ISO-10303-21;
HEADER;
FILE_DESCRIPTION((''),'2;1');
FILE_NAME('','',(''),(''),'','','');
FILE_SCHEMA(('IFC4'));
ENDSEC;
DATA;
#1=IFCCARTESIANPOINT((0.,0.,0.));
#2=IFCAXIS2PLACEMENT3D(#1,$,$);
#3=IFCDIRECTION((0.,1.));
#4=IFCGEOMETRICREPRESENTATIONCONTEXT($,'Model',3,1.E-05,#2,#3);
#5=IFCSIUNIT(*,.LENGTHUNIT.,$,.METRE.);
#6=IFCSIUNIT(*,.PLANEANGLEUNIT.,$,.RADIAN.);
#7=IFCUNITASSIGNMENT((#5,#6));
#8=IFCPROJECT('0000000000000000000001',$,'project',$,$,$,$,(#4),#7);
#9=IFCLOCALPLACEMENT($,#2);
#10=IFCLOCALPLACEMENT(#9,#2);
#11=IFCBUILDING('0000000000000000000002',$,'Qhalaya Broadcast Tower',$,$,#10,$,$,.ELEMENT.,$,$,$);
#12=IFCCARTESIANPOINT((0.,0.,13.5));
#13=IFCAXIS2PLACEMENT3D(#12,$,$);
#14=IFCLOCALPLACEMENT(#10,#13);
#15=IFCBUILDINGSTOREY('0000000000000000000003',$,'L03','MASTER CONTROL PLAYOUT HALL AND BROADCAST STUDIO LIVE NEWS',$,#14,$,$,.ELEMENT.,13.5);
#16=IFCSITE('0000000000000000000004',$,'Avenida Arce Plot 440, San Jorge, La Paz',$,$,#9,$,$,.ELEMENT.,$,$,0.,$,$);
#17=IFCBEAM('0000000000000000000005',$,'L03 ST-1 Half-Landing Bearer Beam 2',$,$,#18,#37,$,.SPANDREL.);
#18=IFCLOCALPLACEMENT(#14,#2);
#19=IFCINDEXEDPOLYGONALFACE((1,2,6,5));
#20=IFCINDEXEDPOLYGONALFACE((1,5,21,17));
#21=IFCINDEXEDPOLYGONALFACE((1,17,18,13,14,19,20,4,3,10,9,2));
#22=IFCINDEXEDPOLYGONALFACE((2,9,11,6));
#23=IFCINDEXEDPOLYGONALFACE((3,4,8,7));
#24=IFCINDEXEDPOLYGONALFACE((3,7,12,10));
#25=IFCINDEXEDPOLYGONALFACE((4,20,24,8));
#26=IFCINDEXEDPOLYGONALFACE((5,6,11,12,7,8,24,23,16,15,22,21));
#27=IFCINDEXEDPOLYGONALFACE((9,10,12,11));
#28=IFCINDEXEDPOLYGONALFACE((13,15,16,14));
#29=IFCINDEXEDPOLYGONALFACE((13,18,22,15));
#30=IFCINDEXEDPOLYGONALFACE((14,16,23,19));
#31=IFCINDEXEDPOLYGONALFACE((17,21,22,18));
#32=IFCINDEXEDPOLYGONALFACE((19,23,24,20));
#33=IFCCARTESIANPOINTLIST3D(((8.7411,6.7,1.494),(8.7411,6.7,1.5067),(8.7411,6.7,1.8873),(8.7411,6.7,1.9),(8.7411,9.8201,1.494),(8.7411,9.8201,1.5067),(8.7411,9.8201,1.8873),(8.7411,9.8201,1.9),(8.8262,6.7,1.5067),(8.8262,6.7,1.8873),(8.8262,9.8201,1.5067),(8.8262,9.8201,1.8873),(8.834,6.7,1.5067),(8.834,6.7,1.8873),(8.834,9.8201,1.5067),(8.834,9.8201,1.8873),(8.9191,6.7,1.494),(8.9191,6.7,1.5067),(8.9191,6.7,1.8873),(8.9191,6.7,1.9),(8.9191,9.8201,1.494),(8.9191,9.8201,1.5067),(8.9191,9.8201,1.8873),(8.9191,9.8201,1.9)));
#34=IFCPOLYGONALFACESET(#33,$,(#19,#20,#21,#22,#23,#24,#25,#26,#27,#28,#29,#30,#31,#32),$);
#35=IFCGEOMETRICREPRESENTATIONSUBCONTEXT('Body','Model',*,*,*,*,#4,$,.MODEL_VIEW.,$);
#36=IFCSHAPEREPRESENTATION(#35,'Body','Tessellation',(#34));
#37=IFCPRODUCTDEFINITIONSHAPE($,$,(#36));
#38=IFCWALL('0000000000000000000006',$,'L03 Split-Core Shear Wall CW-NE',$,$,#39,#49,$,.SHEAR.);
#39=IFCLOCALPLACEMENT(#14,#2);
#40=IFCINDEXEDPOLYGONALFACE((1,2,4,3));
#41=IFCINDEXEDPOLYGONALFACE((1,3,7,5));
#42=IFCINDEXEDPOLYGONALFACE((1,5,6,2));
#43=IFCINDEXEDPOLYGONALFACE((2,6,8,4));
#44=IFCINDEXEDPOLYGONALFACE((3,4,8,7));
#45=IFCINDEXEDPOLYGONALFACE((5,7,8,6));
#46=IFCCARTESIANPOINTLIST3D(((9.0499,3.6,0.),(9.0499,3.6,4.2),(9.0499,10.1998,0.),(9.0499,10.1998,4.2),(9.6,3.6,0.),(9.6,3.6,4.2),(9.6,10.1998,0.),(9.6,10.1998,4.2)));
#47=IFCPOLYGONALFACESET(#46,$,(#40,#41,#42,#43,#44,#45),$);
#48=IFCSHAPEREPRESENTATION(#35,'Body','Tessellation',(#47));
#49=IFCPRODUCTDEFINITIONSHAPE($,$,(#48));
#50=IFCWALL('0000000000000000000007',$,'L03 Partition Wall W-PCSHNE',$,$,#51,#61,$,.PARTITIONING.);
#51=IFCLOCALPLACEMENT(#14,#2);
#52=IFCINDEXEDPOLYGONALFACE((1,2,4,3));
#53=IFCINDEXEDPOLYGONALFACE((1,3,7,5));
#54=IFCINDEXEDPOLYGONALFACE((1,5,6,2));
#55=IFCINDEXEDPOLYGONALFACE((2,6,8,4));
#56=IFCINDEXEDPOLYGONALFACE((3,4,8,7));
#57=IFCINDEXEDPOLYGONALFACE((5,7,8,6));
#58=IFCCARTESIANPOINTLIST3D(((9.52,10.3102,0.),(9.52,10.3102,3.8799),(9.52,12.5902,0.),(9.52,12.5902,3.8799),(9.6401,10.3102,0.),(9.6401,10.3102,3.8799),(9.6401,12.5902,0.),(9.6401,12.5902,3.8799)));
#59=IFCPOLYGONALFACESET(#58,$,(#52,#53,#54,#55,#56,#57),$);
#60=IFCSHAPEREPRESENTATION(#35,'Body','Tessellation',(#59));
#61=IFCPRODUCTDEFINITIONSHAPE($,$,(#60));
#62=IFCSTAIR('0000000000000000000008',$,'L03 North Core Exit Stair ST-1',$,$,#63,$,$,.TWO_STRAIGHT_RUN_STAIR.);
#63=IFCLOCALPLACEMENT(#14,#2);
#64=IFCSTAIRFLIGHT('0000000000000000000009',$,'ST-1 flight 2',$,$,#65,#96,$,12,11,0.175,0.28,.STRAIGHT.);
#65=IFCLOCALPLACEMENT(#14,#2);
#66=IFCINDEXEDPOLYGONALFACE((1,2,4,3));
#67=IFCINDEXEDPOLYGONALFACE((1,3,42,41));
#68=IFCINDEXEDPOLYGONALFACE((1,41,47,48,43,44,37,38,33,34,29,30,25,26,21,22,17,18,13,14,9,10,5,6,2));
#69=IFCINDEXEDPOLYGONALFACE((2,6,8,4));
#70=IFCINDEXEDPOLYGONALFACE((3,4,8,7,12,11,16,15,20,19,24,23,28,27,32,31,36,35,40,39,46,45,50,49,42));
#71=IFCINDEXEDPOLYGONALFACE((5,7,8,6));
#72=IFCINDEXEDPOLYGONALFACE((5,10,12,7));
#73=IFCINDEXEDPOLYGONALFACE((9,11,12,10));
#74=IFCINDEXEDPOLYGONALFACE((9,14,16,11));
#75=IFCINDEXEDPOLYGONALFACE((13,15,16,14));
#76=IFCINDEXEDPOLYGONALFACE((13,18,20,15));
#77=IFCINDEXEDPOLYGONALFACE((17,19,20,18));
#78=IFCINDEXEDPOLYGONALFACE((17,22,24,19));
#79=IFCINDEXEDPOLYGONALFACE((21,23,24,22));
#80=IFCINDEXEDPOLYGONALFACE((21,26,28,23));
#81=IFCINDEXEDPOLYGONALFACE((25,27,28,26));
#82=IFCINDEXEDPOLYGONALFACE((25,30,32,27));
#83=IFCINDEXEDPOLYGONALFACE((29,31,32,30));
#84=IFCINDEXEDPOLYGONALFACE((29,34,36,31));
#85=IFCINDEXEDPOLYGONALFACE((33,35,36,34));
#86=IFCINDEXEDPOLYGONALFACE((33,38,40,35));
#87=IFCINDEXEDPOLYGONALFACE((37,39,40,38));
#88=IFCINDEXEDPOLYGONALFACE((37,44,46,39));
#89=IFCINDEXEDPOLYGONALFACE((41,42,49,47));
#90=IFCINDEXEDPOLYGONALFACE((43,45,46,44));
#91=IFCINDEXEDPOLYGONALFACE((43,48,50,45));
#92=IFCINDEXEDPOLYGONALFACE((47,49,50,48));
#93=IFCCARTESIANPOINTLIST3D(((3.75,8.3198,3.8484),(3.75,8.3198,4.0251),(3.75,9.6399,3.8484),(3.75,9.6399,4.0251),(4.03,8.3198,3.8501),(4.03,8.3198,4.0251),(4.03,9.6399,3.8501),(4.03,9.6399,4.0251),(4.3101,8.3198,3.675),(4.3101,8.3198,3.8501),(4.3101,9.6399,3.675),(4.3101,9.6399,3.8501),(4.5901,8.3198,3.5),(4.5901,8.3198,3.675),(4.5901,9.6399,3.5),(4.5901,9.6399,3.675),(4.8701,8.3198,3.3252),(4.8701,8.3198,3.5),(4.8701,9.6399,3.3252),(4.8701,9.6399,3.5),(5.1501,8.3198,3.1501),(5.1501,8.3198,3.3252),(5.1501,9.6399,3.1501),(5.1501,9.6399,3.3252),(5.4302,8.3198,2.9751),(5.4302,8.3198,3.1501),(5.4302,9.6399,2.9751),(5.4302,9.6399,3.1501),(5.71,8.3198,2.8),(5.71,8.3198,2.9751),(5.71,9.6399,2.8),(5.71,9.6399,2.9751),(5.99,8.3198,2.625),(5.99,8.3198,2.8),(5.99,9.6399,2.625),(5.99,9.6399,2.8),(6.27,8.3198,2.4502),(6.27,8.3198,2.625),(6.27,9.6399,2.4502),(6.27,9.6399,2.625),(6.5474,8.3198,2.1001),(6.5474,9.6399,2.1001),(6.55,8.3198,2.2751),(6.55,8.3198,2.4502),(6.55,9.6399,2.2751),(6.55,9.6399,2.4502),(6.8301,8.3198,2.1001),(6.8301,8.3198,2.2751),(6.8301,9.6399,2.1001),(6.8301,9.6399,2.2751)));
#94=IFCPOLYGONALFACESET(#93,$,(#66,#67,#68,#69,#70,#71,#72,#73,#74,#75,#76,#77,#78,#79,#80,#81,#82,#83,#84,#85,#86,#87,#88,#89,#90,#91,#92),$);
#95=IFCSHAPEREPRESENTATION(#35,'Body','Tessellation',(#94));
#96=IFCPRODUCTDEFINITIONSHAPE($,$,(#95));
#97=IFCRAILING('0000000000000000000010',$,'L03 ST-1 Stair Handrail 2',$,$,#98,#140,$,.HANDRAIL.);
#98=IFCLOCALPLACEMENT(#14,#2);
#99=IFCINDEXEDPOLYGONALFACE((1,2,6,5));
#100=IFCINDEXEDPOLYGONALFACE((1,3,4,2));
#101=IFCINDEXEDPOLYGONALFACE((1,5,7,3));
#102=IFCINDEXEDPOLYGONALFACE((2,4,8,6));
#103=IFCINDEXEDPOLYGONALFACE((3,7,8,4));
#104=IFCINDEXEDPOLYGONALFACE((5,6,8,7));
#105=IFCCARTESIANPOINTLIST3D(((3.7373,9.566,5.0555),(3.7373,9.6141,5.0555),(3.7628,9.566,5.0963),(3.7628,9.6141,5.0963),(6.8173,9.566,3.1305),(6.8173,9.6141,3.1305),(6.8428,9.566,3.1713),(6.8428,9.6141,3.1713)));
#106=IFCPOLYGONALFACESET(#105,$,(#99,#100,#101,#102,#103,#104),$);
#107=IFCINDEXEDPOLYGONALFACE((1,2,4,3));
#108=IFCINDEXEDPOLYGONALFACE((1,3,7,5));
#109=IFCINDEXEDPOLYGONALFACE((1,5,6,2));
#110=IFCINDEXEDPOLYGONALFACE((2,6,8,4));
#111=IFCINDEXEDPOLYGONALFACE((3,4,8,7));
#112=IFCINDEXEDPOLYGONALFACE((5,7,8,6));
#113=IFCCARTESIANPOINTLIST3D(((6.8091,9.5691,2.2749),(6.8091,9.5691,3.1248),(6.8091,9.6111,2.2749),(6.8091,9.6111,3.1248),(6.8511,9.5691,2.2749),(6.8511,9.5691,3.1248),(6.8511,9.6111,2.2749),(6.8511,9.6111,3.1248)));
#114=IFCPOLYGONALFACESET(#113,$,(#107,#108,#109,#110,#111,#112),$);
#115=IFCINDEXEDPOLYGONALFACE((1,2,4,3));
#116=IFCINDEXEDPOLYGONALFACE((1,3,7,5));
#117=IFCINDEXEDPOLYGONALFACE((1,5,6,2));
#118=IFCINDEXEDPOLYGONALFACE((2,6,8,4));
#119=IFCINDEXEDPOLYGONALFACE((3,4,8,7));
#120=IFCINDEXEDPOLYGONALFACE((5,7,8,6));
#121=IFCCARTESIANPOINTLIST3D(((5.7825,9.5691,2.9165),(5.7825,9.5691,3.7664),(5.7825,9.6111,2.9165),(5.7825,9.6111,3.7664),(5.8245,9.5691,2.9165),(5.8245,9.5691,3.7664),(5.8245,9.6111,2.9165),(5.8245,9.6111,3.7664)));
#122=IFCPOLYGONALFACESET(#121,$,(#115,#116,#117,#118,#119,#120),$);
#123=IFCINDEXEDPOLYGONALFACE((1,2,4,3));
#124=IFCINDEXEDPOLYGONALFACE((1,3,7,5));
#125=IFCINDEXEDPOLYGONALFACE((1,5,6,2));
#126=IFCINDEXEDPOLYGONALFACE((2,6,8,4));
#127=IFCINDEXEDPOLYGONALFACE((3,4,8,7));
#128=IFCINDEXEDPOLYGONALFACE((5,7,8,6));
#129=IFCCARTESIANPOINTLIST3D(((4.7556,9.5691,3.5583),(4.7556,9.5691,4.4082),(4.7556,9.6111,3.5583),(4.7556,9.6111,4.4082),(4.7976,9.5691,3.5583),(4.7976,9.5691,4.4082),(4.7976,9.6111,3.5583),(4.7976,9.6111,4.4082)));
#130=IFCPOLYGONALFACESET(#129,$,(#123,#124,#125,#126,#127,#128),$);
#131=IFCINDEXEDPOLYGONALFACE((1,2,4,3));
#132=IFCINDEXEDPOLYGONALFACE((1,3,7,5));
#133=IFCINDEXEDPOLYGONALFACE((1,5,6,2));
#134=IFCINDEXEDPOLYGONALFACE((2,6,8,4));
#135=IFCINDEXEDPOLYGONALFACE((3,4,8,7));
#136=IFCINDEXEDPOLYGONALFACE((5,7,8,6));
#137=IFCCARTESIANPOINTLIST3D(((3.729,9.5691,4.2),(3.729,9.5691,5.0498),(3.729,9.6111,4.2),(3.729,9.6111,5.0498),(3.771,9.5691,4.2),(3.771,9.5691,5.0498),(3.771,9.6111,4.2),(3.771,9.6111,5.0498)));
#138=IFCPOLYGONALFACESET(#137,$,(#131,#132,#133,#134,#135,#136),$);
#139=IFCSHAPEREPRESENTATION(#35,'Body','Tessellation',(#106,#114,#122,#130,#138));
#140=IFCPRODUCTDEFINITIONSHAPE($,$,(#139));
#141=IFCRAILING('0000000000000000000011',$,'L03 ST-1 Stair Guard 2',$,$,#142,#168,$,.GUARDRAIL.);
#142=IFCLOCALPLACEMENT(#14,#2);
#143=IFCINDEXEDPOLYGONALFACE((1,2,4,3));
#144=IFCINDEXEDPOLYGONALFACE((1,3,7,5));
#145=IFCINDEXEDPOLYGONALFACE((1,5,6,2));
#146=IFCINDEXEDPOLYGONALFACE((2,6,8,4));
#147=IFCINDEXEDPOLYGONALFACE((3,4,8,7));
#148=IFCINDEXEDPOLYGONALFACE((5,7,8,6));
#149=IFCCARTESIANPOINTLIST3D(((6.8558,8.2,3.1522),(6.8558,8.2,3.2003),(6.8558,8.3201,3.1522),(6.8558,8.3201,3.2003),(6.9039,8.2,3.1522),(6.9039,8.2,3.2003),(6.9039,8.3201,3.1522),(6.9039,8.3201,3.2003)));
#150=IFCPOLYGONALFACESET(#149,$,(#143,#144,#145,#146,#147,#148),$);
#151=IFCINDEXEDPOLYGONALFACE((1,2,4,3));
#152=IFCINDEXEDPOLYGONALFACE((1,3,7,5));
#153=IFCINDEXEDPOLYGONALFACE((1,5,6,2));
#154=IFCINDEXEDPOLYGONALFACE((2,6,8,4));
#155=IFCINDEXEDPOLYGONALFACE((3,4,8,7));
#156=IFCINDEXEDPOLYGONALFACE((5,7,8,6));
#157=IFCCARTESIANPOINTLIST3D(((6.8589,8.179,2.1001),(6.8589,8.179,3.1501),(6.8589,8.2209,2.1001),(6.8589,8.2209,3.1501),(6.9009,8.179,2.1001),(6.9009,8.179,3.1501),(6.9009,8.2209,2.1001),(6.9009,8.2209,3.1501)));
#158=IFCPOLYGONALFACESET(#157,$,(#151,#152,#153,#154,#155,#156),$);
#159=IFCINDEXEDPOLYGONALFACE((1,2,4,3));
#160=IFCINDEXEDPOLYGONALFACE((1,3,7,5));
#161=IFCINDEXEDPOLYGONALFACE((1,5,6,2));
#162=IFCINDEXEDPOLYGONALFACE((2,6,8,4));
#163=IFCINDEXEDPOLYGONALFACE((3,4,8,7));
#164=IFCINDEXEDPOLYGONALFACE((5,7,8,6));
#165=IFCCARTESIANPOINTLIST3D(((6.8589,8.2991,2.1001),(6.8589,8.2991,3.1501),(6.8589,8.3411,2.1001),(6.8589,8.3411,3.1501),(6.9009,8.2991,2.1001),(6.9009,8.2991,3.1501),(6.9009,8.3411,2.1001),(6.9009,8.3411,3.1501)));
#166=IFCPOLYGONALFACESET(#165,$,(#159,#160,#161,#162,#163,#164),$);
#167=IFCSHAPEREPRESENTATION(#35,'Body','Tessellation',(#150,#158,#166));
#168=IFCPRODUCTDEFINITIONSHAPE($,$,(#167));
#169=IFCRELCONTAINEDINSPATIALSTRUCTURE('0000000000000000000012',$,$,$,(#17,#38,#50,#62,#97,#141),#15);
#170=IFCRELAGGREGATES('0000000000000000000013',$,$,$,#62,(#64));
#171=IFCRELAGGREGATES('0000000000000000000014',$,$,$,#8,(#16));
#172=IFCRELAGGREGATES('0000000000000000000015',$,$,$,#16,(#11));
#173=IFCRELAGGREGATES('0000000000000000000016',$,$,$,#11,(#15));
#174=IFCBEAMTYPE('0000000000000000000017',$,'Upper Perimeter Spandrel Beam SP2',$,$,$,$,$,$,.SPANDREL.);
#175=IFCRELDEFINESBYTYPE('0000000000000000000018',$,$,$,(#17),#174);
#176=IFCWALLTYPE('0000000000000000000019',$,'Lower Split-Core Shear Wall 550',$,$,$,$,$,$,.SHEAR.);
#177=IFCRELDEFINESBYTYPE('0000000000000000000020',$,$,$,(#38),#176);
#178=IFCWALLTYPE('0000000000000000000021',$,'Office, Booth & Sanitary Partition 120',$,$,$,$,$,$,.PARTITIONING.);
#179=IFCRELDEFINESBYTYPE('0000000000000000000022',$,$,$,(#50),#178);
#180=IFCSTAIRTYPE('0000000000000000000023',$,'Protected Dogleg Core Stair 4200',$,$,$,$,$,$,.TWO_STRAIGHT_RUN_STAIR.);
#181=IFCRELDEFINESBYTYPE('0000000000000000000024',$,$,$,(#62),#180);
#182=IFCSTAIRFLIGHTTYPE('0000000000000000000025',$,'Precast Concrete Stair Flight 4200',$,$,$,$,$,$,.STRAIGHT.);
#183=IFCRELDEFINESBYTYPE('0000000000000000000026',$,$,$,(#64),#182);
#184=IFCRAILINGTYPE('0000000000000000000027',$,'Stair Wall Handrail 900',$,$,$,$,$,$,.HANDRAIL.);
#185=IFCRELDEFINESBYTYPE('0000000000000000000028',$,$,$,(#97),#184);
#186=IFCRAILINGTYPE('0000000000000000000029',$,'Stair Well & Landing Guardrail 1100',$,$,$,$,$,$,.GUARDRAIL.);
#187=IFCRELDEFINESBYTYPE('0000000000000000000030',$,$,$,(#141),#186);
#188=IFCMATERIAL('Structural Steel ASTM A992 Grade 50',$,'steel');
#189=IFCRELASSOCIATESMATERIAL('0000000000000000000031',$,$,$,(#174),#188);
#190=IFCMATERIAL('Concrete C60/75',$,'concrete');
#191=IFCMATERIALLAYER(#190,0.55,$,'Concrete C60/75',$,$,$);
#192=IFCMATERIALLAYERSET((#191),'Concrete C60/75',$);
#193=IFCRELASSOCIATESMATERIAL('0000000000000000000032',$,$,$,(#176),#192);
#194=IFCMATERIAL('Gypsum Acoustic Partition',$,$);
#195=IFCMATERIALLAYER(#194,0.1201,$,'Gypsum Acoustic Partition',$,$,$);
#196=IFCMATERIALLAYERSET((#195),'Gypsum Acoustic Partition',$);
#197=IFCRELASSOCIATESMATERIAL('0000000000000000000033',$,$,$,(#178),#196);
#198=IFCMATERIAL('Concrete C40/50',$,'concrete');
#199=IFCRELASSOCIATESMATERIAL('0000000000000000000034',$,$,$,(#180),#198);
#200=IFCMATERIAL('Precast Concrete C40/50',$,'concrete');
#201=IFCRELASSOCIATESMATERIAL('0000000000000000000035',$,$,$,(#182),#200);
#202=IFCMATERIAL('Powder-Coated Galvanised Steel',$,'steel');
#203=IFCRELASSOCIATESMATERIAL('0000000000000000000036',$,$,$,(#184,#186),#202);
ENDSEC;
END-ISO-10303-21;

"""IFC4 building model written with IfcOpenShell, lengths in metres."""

from ifc_helpers import new_model, si_unit, direction, frame, frame_2d, origin, origin_2d, place, context, subcontext, project, spatial, polyline, rectangle, i_section, outline, extrude, material, layer, layer_set, material_profile, profile_set, type_object, element, aggregate, save


model = new_model("IFC4")

# Units and contexts
model_context = context("Model", 3, precision=1e-05, world=origin(), true_north=direction((0.0, 1.0)))
body_context = subcontext(model_context, "Body", "Model", "MODEL_VIEW")
ifc_project = project(units=[si_unit("LENGTHUNIT", "METRE"), si_unit("PLANEANGLEUNIT", "RADIAN")], contexts=[model_context])

# Site, building, storey
site_placement = place(None, origin())
site = spatial("IfcSite", under=ifc_project, at=site_placement, Name="Avenida Arce Plot 440, San Jorge, La Paz", CompositionType="ELEMENT", RefElevation=0.0)
building_placement = place(site_placement, origin())
building = spatial("IfcBuilding", under=site, at=building_placement, Name="Qhalaya Broadcast Tower", CompositionType="ELEMENT")
storey_placement = place(building_placement, frame((0.0, 0.0, 13.5)))
storey = spatial("IfcBuildingStorey", under=building, at=storey_placement, Name="L03", Description="MASTER CONTROL PLAYOUT HALL AND BROADCAST STUDIO LIVE NEWS", CompositionType="ELEMENT", Elevation=13.5)

# Shared definitions
ifc_material_1 = material(Name="Concrete C60/75", Category="concrete")

# Shared definitions
ifc_material_2 = material(Name="Structural Steel ASTM A992 Grade 50", Category="steel")

# Beam
ifc_material_profile_1 = material_profile(ifc_material_2, i_section(OverallWidth=0.178, OverallDepth=0.406, WebThickness=0.0078, FlangeThickness=0.0127, at=origin_2d()), Name="W16X40")
ifc_profile_set_1 = profile_set([ifc_material_profile_1], Name="Structural Steel ASTM A992 Grade 50")
beam_type_1 = type_object("IfcBeamType", Name="Upper Perimeter Spandrel Beam SP2", PredefinedType="SPANDREL", material=ifc_profile_set_1)
for number, where, z_axis, x_axis, name in (
    (1, (8.8301, 6.7, 1.697), (0.0, 1.0, 0.0), (-1.0, 0.0, 0.0), "L03 ST-1 Half-Landing Bearer Beam 2"),
):
    element("IfcBeam", number, at=place(storey_placement, frame(where, z_axis=z_axis, x_axis=x_axis)), inside=storey, type_object=beam_type_1, Name=name, PredefinedType="SPANDREL", context=body_context, shape_type="SweptSolid", body=[
        extrude(i_section(OverallWidth=0.178, OverallDepth=0.406, WebThickness=0.0078, FlangeThickness=0.0127, at=origin_2d()), origin(), (0.0, 0.0, 1.0), 3.1201),
    ])

# Walls
ifc_layer_1 = layer(ifc_material_1, 0.55, Name="Concrete C60/75")
ifc_layer_set_1 = layer_set([ifc_layer_1], Name="Concrete C60/75")
wall_type_1 = type_object("IfcWallType", Name="Lower Split-Core Shear Wall 550", PredefinedType="SHEAR", material=ifc_layer_set_1)
wall_1_placement = place(storey_placement, frame((9.325, 3.6001, 0.0), z_axis=(0.0, 0.0, 1.0), x_axis=(0.0, 1.0, 0.0)))
element("IfcWall", 2, at=wall_1_placement, inside=storey, type_object=wall_type_1, Name="L03 Split-Core Shear Wall CW-NE", PredefinedType="SHEAR", context=body_context, shape_type="SweptSolid", body=[
    extrude(rectangle(XDim=6.5999, YDim=0.55, at=frame_2d((3.2998, 0.0))), origin(), (0.0, 0.0, 1.0), 4.2),
])
ifc_material_3 = material(Name="Gypsum Acoustic Partition")
ifc_layer_2 = layer(ifc_material_3, 0.1201, Name="Gypsum Acoustic Partition")
ifc_layer_set_2 = layer_set([ifc_layer_2], Name="Gypsum Acoustic Partition")
wall_type_2 = type_object("IfcWallType", Name="Office, Booth & Sanitary Partition 120", PredefinedType="PARTITIONING", material=ifc_layer_set_2)
wall_2_placement = place(storey_placement, frame((9.5801, 10.3101, 0.0), z_axis=(0.0, 0.0, 1.0), x_axis=(0.0, 1.0, 0.0)))
element("IfcWall", 3, at=wall_2_placement, inside=storey, type_object=wall_type_2, Name="L03 Partition Wall W-PCSHNE", PredefinedType="PARTITIONING", context=body_context, shape_type="SweptSolid", body=[
    extrude(rectangle(XDim=2.28, YDim=0.1201, at=frame_2d((1.1401, 0.0))), origin(), (0.0, 0.0, 1.0), 3.8799),
])

# Stair, stair flight
ifc_material_4 = material(Name="Concrete C40/50", Category="concrete")
stair_type = type_object("IfcStairType", Name="Protected Dogleg Core Stair 4200", PredefinedType="TWO_STRAIGHT_RUN_STAIR", material=ifc_material_4)
stair_placement = place(storey_placement, origin())
stair = element("IfcStair", 4, at=stair_placement, inside=storey, type_object=stair_type, Name="L03 North Core Exit Stair ST-1", PredefinedType="TWO_STRAIGHT_RUN_STAIR")
ifc_material_5 = material(Name="Precast Concrete C40/50", Category="concrete")
stair_flight_type = type_object("IfcStairFlightType", Name="Precast Concrete Stair Flight 4200", PredefinedType="STRAIGHT", material=ifc_material_5)
stair_flight_placement = place(storey_placement, frame((6.8301, 8.98, 2.1001), z_axis=(0.0, 0.0, 1.0), x_axis=(-1.0, 0.0, 0.0)))
stair_flight = element("IfcStairFlight", 5, at=stair_flight_placement, type_object=stair_flight_type, Name="ST-1 flight 2", NumberOfRisers=12, NumberOfTreads=11, PredefinedType="STRAIGHT", RiserHeight=0.175, TreadLength=0.28, context=body_context, shape_type="SweptSolid", body=[
    extrude(outline(polyline([(0.0, 0.0), (0.0, 0.175), (0.28, 0.175), (0.28, 0.3501), (0.5601, 0.3501), (0.5601, 0.5249), (0.8401, 0.5249), (0.8401, 0.7), (1.1201, 0.7), (1.1201, 0.875), (1.3999, 0.875), (1.3999, 1.05), (1.6799, 1.05), (1.6799, 1.2251), (1.96, 1.2251), (1.96, 1.3999), (2.24, 1.3999), (2.24, 1.575), (2.52, 1.575), (2.52, 1.75), (2.8, 1.75), (2.8, 1.925), (3.0801, 1.925), (3.0801, 2.1001), (3.0801, 1.7483), (0.2827, 0.0), (0.0, 0.0)])), frame((0.0, 0.6602, 0.0), z_axis=(0.0, -1.0, 0.0), x_axis=(1.0, 0.0, 0.0)), (0.0, 0.0, 1.0), 1.3201),
])
aggregate(stair, [stair_flight])

# Railings
ifc_material_6 = material(Name="Powder-Coated Galvanised Steel", Category="steel")
railing_type_1 = type_object("IfcRailingType", Name="Stair Wall Handrail 900", PredefinedType="HANDRAIL", material=ifc_material_6)
railing_1_placement = place(storey_placement, frame((6.8301, 9.5901, 2.2749)))
element("IfcRailing", 6, at=railing_1_placement, inside=storey, type_object=railing_type_1, Name="L03 ST-1 Stair Handrail 2", PredefinedType="HANDRAIL", context=body_context, shape_type="SweptSolid", body=[
    extrude(rectangle(XDim=0.0481, YDim=0.0481, at=origin_2d()), frame((0.0, 0.0, 0.876), z_axis=(-0.847998, 0.0, 0.529999), x_axis=(0.0, -1.0, 0.0)), (0.0, 0.0, 1.0), 3.6321),
    extrude(rectangle(XDim=0.042, YDim=0.042, at=origin_2d()), origin(), (0.0, 0.0, 1.0), 0.8499),
    extrude(rectangle(XDim=0.042, YDim=0.042, at=origin_2d()), frame((-1.0266, 0.0, 0.6416)), (0.0, 0.0, 1.0), 0.8499),
    extrude(rectangle(XDim=0.042, YDim=0.042, at=origin_2d()), frame((-2.0535, 0.0, 1.2834)), (0.0, 0.0, 1.0), 0.8499),
    extrude(rectangle(XDim=0.042, YDim=0.042, at=origin_2d()), frame((-3.0801, 0.0, 1.925)), (0.0, 0.0, 1.0), 0.8499),
])
railing_type_2 = type_object("IfcRailingType", Name="Stair Well & Landing Guardrail 1100", PredefinedType="GUARDRAIL", material=ifc_material_6)
railing_2_placement = place(storey_placement, frame((6.8799, 8.2, 2.1001)))
element("IfcRailing", 7, at=railing_2_placement, inside=storey, type_object=railing_type_2, Name="L03 ST-1 Stair Guard 2", PredefinedType="GUARDRAIL", context=body_context, shape_type="SweptSolid", body=[
    extrude(rectangle(XDim=0.0481, YDim=0.0481, at=origin_2d()), frame((0.0, 0.0, 1.0762), z_axis=(0.0, 1.0, 0.0), x_axis=(-1.0, 0.0, 0.0)), (0.0, 0.0, 1.0), 0.1201),
    extrude(rectangle(XDim=0.042, YDim=0.042, at=origin_2d()), origin(), (0.0, 0.0, 1.0), 1.05),
    extrude(rectangle(XDim=0.042, YDim=0.042, at=origin_2d()), frame((0.0, 0.1201, 0.0)), (0.0, 0.0, 1.0), 1.05),
])

save(model, "model.ifc")
